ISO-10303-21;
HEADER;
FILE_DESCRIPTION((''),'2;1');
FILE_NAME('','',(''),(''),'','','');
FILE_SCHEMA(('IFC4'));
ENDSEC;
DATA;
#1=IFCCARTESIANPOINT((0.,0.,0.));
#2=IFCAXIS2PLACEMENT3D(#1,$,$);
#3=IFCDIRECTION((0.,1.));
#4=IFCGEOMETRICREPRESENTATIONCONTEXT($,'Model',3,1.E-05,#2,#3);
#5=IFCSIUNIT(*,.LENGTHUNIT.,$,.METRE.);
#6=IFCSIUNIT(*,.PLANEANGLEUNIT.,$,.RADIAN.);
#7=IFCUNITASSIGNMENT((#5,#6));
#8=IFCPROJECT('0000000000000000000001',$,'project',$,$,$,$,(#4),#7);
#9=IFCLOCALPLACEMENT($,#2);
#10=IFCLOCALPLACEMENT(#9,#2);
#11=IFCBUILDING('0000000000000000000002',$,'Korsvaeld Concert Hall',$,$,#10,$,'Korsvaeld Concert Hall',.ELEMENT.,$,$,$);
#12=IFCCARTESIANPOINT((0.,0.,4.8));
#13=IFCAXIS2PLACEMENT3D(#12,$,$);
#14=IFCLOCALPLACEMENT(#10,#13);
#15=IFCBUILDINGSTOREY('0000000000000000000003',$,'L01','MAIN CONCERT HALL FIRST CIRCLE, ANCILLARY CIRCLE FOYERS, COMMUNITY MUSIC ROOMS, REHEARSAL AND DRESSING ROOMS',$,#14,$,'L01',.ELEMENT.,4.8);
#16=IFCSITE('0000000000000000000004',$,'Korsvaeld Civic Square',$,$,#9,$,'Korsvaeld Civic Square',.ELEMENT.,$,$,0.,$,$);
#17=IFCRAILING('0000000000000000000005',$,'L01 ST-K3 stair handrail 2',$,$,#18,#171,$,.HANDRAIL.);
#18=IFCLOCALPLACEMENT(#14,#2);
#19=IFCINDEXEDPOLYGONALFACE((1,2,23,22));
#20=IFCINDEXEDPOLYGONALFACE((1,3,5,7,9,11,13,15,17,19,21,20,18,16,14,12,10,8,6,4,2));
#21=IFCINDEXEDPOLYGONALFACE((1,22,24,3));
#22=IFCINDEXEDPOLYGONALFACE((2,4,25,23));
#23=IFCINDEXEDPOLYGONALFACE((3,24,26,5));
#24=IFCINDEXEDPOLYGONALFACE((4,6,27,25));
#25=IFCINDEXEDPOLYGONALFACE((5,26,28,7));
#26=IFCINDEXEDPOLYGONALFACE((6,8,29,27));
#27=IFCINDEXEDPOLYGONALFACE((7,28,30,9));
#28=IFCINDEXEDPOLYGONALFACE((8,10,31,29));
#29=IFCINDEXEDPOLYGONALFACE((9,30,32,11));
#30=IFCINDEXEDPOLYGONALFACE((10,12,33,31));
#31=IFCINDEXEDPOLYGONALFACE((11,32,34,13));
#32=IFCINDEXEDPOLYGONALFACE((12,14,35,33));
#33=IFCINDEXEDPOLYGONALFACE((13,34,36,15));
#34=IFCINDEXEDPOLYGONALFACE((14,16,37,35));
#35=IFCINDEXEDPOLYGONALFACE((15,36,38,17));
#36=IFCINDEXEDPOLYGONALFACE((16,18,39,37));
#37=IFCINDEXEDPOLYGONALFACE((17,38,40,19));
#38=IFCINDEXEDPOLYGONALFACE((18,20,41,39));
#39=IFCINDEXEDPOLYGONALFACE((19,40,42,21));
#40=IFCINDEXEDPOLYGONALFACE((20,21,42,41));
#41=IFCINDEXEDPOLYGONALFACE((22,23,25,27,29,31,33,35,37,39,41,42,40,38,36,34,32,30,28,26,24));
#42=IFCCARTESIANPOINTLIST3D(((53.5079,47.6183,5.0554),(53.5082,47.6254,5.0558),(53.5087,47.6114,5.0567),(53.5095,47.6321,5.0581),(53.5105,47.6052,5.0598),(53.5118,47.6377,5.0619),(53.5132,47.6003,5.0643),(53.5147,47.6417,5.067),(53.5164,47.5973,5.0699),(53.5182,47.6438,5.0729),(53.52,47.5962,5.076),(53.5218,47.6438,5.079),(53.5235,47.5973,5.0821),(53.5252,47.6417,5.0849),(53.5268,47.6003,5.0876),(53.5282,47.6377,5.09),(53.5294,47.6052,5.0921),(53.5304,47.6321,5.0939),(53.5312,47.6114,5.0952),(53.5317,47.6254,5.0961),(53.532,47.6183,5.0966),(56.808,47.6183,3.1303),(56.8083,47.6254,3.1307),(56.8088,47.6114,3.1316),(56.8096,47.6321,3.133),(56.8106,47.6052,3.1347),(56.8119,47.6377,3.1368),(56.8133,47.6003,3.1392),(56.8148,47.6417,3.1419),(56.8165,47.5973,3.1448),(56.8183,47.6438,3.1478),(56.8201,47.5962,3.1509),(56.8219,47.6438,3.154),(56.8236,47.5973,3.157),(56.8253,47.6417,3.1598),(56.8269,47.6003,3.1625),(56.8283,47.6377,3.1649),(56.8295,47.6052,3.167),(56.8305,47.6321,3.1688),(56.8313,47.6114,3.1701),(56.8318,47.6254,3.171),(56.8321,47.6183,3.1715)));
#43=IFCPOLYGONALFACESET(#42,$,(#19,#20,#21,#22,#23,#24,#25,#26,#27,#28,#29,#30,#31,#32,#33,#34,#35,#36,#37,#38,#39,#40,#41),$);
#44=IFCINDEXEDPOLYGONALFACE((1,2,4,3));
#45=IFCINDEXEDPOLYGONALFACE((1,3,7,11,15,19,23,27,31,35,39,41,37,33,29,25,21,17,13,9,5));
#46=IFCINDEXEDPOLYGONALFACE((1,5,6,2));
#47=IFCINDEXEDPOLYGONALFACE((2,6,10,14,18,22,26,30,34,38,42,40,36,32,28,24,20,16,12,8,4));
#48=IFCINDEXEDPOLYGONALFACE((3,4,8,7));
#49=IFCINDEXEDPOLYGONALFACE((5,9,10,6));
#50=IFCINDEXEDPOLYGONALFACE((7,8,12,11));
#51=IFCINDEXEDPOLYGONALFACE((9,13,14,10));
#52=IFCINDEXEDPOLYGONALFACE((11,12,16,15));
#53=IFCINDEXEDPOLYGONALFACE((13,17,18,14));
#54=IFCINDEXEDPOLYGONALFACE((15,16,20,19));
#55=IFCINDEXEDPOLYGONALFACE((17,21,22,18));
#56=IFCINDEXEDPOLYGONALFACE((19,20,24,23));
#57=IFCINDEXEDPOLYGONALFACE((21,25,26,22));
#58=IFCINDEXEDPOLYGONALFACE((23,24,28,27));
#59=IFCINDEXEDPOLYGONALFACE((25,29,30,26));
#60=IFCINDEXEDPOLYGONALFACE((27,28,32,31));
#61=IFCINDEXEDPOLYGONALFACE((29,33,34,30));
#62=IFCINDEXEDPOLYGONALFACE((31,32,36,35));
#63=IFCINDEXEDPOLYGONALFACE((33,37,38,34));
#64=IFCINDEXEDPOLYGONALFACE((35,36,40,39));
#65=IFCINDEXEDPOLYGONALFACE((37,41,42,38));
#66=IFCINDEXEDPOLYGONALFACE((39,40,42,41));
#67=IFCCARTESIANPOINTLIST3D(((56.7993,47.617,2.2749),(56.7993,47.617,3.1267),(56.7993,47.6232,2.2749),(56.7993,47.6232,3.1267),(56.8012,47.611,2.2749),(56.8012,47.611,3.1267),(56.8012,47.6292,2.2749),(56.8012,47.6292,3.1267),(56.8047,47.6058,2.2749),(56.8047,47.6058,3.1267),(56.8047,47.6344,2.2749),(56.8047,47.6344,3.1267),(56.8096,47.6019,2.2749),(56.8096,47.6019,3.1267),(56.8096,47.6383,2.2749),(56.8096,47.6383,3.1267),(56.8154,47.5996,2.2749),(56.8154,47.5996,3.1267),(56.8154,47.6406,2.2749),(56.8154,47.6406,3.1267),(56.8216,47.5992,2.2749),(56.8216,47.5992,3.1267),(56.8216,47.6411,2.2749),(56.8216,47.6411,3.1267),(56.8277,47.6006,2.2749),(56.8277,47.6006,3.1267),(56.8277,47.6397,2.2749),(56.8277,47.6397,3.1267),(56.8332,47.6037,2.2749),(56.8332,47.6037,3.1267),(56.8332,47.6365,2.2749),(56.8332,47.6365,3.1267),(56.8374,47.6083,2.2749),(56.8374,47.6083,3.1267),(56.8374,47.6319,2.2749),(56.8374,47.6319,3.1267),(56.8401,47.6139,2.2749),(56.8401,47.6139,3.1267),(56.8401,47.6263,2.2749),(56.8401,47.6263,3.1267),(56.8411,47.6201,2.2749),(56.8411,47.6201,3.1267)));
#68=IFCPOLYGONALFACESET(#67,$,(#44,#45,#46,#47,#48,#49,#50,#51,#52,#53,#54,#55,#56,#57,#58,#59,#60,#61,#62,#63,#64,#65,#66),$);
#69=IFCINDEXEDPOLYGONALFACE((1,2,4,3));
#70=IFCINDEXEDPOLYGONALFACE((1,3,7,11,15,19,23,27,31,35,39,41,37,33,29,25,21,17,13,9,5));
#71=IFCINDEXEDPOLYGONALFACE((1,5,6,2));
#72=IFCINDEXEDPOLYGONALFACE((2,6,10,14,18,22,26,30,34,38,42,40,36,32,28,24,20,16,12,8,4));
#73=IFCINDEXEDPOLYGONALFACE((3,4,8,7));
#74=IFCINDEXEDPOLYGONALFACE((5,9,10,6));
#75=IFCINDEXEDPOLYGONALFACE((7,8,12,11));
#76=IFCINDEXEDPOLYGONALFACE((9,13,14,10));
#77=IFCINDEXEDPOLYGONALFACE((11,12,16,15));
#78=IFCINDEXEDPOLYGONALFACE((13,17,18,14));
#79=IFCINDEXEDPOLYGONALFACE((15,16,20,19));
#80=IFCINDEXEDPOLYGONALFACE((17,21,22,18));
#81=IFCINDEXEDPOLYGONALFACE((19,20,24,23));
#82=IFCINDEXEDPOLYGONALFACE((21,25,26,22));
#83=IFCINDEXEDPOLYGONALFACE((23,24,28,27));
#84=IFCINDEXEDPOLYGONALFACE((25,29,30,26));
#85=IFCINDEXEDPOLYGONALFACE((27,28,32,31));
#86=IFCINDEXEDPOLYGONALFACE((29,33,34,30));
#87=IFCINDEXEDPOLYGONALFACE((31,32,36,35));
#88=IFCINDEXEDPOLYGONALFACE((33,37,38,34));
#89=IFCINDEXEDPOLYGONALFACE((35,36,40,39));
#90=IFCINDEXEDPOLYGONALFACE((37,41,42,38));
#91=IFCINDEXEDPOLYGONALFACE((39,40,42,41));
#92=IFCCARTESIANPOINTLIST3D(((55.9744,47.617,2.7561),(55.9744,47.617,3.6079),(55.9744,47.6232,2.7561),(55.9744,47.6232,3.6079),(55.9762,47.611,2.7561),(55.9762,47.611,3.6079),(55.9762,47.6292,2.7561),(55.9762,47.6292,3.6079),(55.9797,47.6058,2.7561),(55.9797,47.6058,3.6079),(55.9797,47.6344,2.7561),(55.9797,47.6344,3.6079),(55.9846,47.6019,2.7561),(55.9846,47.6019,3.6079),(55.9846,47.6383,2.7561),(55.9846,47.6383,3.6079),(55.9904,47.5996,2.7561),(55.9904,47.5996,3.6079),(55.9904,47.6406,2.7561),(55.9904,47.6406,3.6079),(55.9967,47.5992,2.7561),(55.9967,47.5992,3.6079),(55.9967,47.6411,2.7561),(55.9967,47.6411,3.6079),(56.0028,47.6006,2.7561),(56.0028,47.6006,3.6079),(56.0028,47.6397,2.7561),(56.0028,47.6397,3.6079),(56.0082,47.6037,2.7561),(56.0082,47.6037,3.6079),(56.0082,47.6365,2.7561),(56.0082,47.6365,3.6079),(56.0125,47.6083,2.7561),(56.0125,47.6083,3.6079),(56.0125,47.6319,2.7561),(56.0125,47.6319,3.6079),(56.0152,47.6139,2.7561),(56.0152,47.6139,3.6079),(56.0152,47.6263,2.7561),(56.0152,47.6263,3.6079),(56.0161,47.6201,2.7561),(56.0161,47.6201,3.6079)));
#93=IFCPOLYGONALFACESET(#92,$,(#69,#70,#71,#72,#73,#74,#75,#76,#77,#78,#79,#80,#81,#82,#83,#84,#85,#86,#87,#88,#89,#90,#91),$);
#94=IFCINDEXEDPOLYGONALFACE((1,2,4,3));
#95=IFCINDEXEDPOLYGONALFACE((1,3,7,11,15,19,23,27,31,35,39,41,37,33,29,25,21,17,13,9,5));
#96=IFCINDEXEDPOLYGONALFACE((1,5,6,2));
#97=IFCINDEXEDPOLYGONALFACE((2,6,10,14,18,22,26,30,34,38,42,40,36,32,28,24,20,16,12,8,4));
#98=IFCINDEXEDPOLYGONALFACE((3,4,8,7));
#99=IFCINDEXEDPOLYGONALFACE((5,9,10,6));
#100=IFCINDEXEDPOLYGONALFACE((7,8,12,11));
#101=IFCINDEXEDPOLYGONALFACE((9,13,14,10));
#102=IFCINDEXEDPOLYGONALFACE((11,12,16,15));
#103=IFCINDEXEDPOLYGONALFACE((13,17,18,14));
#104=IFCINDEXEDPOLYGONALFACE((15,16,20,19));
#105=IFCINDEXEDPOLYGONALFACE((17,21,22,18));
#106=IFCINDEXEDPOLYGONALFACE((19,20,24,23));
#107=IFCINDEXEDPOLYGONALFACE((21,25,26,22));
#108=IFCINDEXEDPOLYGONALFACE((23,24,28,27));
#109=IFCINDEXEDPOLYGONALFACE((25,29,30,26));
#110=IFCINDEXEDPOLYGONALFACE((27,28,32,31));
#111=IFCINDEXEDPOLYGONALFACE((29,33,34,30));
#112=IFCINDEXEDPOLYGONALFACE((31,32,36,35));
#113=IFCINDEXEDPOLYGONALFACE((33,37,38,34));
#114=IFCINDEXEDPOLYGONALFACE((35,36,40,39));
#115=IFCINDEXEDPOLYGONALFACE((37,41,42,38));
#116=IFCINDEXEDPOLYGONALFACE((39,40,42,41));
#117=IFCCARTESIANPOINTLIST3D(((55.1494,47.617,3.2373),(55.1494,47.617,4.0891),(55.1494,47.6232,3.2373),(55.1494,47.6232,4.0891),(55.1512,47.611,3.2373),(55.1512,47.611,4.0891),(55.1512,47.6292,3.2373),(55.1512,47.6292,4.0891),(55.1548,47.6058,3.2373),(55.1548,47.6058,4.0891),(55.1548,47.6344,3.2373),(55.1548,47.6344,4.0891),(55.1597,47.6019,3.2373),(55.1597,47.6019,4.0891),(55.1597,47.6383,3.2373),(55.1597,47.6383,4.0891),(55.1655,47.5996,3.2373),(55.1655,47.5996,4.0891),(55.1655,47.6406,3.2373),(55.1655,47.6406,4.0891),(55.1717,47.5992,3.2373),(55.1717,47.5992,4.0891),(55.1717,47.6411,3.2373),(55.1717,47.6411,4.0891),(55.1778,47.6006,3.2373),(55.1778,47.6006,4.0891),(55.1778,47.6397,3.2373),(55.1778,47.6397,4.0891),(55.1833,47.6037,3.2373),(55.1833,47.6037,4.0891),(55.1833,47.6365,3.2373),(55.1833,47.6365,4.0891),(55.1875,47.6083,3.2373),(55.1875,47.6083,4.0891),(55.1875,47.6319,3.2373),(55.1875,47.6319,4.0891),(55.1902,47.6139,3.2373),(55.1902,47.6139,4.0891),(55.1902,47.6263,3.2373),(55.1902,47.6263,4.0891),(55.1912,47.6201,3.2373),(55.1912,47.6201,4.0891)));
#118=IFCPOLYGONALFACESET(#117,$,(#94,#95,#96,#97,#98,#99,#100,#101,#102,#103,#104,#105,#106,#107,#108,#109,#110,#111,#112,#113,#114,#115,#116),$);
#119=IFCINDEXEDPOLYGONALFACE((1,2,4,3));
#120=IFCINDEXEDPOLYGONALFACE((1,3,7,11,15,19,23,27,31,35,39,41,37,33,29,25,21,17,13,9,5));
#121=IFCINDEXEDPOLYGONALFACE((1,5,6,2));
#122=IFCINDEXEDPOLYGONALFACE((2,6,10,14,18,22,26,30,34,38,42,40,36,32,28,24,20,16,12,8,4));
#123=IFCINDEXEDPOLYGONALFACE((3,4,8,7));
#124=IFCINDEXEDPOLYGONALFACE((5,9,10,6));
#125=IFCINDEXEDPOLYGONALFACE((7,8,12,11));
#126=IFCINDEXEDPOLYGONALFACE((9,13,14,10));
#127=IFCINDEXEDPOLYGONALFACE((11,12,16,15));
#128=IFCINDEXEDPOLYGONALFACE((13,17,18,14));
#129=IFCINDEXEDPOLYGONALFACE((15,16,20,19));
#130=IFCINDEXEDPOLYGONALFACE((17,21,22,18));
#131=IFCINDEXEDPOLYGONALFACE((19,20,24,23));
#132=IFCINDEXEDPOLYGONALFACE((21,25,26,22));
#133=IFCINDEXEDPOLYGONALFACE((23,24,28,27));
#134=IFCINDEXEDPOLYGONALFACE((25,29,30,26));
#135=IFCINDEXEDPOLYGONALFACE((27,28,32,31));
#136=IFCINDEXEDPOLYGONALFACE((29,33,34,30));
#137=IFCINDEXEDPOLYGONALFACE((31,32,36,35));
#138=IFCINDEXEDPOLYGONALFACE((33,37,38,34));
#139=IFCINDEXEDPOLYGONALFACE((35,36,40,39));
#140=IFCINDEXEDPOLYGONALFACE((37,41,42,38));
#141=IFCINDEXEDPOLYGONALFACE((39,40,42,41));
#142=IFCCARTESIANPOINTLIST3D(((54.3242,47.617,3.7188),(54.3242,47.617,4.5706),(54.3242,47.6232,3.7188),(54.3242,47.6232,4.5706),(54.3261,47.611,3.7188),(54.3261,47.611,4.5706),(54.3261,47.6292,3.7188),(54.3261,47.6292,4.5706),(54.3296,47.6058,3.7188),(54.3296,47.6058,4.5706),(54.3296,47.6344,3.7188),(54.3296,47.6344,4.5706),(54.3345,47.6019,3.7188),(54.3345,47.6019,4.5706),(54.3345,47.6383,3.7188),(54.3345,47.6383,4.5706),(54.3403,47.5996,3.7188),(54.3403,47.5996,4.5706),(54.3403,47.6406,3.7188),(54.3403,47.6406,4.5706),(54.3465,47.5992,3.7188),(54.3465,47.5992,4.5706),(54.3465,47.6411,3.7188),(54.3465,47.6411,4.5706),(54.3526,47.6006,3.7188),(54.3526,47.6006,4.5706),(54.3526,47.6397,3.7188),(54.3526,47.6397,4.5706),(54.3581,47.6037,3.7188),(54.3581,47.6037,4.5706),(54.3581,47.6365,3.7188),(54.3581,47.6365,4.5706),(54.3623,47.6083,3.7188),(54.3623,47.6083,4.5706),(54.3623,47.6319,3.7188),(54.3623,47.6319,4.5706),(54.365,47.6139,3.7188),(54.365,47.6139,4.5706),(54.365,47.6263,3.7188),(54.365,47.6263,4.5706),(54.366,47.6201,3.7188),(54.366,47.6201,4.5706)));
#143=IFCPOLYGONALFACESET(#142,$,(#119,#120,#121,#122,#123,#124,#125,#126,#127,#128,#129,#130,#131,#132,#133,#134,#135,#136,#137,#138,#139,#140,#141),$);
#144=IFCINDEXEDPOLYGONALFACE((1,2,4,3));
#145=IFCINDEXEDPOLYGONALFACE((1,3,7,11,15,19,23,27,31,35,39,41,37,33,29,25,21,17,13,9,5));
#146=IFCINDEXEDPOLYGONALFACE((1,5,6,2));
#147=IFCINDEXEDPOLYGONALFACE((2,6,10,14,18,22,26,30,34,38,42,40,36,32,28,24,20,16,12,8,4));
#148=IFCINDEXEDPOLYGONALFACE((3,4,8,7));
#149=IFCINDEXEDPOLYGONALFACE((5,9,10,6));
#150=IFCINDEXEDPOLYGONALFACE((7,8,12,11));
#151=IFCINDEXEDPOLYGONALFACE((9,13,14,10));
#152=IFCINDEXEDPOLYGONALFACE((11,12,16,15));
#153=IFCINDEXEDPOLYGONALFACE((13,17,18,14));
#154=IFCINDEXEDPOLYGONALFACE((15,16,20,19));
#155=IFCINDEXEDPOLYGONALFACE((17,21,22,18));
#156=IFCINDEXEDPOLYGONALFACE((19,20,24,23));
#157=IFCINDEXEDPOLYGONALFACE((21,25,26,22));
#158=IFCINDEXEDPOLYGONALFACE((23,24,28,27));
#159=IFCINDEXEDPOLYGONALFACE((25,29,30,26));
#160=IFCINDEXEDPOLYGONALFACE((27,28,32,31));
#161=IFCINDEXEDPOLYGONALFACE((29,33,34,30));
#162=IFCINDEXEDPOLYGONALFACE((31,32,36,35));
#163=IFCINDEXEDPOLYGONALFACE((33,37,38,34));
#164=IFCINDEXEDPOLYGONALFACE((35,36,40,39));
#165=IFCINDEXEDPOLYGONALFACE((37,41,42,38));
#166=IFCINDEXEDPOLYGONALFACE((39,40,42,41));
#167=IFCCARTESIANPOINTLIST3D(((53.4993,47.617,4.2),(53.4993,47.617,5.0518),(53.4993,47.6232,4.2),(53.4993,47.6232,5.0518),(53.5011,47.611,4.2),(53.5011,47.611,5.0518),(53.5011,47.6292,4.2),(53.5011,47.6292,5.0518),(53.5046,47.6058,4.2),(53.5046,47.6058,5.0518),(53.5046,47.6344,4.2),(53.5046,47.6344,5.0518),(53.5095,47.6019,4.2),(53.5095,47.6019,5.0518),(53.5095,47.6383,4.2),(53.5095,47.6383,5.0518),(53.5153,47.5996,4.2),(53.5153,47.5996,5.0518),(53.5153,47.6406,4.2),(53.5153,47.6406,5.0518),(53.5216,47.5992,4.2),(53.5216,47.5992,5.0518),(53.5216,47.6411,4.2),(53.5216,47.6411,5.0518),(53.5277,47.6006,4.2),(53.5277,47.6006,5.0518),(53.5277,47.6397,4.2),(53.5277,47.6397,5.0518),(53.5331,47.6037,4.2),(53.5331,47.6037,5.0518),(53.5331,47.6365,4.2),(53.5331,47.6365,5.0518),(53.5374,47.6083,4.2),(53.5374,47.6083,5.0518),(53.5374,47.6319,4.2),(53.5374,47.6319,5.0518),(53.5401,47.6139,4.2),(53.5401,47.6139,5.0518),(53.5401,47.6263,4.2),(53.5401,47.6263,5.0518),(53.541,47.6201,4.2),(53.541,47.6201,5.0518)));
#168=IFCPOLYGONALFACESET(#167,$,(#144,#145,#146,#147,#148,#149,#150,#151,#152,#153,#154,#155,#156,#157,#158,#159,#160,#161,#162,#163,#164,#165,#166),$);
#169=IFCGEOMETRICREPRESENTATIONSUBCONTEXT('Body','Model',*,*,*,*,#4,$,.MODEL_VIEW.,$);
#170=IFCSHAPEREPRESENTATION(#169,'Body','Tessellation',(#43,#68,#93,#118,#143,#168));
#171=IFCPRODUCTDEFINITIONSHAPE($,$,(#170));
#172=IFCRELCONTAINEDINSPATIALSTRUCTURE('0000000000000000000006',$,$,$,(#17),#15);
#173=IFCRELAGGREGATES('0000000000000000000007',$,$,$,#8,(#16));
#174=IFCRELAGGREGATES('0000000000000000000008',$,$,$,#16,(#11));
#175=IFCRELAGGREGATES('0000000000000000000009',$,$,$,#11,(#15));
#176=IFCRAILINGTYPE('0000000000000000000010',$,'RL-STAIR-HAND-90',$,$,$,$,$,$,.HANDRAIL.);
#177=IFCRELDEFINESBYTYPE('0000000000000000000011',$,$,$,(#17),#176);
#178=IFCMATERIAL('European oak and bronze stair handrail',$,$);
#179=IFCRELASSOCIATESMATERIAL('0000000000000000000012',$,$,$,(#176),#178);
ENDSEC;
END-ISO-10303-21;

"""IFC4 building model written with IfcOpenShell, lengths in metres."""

from ifc_helpers import new_model, si_unit, direction, frame, origin, origin_2d, place, context, subcontext, project, spatial, circle, extrude, material, type_object, element, save


model = new_model("IFC4")

# Units and contexts
model_context = context("Model", 3, precision=1e-05, world=origin(), true_north=direction((0.0, 1.0)))
body_context = subcontext(model_context, "Body", "Model", "MODEL_VIEW")
ifc_project = project(units=[si_unit("LENGTHUNIT", "METRE"), si_unit("PLANEANGLEUNIT", "RADIAN")], contexts=[model_context])

# Site, building, storey
site_placement = place(None, origin())
site = spatial("IfcSite", under=ifc_project, at=site_placement, Name="Korsvaeld Civic Square", LongName="Korsvaeld Civic Square", CompositionType="ELEMENT", RefElevation=0.0)
building_placement = place(site_placement, origin())
building = spatial("IfcBuilding", under=site, at=building_placement, Name="Korsvaeld Concert Hall", LongName="Korsvaeld Concert Hall", CompositionType="ELEMENT")
storey_placement = place(building_placement, frame((0.0, 0.0, 4.8)))
storey = spatial("IfcBuildingStorey", under=building, at=storey_placement, Name="L01", Description="MAIN CONCERT HALL FIRST CIRCLE, ANCILLARY CIRCLE FOYERS, COMMUNITY MUSIC ROOMS, REHEARSAL AND DRESSING ROOMS", LongName="L01", CompositionType="ELEMENT", Elevation=4.8)

# Railing
ifc_material_1 = material(Name="European oak and bronze stair handrail")
railing_type_1 = type_object("IfcRailingType", Name="RL-STAIR-HAND-90", PredefinedType="HANDRAIL", material=ifc_material_1)
railing_1_placement = place(storey_placement, frame((56.8201, 47.6201, 2.2749)))
element("IfcRailing", 1, at=railing_1_placement, inside=storey, type_object=railing_type_1, Name="L01 ST-K3 stair handrail 2", PredefinedType="HANDRAIL", context=body_context, shape_type="SweptSolid", body=[
    extrude(circle(Radius=0.0239, at=origin_2d()), frame((0.0, 0.0, 0.876), z_axis=(-0.863777, 0.0, 0.503875), x_axis=(0.0, -1.0, 0.0)), (0.0, 0.0, 1.0), 3.8206),
    extrude(circle(Radius=0.021, at=origin_2d()), origin(), (0.0, 0.0, 1.0), 0.8518),
    extrude(circle(Radius=0.021, at=origin_2d()), frame((-0.825, 0.0, 0.4812)), (0.0, 0.0, 1.0), 0.8518),
    extrude(circle(Radius=0.021, at=origin_2d()), frame((-1.6499, 0.0, 0.9624)), (0.0, 0.0, 1.0), 0.8518),
    extrude(circle(Radius=0.021, at=origin_2d()), frame((-2.4751, 0.0, 1.4438)), (0.0, 0.0, 1.0), 0.8518),
    extrude(circle(Radius=0.021, at=origin_2d()), frame((-3.3, 0.0, 1.925)), (0.0, 0.0, 1.0), 0.8518),
])

save(model, "model.ifc")
